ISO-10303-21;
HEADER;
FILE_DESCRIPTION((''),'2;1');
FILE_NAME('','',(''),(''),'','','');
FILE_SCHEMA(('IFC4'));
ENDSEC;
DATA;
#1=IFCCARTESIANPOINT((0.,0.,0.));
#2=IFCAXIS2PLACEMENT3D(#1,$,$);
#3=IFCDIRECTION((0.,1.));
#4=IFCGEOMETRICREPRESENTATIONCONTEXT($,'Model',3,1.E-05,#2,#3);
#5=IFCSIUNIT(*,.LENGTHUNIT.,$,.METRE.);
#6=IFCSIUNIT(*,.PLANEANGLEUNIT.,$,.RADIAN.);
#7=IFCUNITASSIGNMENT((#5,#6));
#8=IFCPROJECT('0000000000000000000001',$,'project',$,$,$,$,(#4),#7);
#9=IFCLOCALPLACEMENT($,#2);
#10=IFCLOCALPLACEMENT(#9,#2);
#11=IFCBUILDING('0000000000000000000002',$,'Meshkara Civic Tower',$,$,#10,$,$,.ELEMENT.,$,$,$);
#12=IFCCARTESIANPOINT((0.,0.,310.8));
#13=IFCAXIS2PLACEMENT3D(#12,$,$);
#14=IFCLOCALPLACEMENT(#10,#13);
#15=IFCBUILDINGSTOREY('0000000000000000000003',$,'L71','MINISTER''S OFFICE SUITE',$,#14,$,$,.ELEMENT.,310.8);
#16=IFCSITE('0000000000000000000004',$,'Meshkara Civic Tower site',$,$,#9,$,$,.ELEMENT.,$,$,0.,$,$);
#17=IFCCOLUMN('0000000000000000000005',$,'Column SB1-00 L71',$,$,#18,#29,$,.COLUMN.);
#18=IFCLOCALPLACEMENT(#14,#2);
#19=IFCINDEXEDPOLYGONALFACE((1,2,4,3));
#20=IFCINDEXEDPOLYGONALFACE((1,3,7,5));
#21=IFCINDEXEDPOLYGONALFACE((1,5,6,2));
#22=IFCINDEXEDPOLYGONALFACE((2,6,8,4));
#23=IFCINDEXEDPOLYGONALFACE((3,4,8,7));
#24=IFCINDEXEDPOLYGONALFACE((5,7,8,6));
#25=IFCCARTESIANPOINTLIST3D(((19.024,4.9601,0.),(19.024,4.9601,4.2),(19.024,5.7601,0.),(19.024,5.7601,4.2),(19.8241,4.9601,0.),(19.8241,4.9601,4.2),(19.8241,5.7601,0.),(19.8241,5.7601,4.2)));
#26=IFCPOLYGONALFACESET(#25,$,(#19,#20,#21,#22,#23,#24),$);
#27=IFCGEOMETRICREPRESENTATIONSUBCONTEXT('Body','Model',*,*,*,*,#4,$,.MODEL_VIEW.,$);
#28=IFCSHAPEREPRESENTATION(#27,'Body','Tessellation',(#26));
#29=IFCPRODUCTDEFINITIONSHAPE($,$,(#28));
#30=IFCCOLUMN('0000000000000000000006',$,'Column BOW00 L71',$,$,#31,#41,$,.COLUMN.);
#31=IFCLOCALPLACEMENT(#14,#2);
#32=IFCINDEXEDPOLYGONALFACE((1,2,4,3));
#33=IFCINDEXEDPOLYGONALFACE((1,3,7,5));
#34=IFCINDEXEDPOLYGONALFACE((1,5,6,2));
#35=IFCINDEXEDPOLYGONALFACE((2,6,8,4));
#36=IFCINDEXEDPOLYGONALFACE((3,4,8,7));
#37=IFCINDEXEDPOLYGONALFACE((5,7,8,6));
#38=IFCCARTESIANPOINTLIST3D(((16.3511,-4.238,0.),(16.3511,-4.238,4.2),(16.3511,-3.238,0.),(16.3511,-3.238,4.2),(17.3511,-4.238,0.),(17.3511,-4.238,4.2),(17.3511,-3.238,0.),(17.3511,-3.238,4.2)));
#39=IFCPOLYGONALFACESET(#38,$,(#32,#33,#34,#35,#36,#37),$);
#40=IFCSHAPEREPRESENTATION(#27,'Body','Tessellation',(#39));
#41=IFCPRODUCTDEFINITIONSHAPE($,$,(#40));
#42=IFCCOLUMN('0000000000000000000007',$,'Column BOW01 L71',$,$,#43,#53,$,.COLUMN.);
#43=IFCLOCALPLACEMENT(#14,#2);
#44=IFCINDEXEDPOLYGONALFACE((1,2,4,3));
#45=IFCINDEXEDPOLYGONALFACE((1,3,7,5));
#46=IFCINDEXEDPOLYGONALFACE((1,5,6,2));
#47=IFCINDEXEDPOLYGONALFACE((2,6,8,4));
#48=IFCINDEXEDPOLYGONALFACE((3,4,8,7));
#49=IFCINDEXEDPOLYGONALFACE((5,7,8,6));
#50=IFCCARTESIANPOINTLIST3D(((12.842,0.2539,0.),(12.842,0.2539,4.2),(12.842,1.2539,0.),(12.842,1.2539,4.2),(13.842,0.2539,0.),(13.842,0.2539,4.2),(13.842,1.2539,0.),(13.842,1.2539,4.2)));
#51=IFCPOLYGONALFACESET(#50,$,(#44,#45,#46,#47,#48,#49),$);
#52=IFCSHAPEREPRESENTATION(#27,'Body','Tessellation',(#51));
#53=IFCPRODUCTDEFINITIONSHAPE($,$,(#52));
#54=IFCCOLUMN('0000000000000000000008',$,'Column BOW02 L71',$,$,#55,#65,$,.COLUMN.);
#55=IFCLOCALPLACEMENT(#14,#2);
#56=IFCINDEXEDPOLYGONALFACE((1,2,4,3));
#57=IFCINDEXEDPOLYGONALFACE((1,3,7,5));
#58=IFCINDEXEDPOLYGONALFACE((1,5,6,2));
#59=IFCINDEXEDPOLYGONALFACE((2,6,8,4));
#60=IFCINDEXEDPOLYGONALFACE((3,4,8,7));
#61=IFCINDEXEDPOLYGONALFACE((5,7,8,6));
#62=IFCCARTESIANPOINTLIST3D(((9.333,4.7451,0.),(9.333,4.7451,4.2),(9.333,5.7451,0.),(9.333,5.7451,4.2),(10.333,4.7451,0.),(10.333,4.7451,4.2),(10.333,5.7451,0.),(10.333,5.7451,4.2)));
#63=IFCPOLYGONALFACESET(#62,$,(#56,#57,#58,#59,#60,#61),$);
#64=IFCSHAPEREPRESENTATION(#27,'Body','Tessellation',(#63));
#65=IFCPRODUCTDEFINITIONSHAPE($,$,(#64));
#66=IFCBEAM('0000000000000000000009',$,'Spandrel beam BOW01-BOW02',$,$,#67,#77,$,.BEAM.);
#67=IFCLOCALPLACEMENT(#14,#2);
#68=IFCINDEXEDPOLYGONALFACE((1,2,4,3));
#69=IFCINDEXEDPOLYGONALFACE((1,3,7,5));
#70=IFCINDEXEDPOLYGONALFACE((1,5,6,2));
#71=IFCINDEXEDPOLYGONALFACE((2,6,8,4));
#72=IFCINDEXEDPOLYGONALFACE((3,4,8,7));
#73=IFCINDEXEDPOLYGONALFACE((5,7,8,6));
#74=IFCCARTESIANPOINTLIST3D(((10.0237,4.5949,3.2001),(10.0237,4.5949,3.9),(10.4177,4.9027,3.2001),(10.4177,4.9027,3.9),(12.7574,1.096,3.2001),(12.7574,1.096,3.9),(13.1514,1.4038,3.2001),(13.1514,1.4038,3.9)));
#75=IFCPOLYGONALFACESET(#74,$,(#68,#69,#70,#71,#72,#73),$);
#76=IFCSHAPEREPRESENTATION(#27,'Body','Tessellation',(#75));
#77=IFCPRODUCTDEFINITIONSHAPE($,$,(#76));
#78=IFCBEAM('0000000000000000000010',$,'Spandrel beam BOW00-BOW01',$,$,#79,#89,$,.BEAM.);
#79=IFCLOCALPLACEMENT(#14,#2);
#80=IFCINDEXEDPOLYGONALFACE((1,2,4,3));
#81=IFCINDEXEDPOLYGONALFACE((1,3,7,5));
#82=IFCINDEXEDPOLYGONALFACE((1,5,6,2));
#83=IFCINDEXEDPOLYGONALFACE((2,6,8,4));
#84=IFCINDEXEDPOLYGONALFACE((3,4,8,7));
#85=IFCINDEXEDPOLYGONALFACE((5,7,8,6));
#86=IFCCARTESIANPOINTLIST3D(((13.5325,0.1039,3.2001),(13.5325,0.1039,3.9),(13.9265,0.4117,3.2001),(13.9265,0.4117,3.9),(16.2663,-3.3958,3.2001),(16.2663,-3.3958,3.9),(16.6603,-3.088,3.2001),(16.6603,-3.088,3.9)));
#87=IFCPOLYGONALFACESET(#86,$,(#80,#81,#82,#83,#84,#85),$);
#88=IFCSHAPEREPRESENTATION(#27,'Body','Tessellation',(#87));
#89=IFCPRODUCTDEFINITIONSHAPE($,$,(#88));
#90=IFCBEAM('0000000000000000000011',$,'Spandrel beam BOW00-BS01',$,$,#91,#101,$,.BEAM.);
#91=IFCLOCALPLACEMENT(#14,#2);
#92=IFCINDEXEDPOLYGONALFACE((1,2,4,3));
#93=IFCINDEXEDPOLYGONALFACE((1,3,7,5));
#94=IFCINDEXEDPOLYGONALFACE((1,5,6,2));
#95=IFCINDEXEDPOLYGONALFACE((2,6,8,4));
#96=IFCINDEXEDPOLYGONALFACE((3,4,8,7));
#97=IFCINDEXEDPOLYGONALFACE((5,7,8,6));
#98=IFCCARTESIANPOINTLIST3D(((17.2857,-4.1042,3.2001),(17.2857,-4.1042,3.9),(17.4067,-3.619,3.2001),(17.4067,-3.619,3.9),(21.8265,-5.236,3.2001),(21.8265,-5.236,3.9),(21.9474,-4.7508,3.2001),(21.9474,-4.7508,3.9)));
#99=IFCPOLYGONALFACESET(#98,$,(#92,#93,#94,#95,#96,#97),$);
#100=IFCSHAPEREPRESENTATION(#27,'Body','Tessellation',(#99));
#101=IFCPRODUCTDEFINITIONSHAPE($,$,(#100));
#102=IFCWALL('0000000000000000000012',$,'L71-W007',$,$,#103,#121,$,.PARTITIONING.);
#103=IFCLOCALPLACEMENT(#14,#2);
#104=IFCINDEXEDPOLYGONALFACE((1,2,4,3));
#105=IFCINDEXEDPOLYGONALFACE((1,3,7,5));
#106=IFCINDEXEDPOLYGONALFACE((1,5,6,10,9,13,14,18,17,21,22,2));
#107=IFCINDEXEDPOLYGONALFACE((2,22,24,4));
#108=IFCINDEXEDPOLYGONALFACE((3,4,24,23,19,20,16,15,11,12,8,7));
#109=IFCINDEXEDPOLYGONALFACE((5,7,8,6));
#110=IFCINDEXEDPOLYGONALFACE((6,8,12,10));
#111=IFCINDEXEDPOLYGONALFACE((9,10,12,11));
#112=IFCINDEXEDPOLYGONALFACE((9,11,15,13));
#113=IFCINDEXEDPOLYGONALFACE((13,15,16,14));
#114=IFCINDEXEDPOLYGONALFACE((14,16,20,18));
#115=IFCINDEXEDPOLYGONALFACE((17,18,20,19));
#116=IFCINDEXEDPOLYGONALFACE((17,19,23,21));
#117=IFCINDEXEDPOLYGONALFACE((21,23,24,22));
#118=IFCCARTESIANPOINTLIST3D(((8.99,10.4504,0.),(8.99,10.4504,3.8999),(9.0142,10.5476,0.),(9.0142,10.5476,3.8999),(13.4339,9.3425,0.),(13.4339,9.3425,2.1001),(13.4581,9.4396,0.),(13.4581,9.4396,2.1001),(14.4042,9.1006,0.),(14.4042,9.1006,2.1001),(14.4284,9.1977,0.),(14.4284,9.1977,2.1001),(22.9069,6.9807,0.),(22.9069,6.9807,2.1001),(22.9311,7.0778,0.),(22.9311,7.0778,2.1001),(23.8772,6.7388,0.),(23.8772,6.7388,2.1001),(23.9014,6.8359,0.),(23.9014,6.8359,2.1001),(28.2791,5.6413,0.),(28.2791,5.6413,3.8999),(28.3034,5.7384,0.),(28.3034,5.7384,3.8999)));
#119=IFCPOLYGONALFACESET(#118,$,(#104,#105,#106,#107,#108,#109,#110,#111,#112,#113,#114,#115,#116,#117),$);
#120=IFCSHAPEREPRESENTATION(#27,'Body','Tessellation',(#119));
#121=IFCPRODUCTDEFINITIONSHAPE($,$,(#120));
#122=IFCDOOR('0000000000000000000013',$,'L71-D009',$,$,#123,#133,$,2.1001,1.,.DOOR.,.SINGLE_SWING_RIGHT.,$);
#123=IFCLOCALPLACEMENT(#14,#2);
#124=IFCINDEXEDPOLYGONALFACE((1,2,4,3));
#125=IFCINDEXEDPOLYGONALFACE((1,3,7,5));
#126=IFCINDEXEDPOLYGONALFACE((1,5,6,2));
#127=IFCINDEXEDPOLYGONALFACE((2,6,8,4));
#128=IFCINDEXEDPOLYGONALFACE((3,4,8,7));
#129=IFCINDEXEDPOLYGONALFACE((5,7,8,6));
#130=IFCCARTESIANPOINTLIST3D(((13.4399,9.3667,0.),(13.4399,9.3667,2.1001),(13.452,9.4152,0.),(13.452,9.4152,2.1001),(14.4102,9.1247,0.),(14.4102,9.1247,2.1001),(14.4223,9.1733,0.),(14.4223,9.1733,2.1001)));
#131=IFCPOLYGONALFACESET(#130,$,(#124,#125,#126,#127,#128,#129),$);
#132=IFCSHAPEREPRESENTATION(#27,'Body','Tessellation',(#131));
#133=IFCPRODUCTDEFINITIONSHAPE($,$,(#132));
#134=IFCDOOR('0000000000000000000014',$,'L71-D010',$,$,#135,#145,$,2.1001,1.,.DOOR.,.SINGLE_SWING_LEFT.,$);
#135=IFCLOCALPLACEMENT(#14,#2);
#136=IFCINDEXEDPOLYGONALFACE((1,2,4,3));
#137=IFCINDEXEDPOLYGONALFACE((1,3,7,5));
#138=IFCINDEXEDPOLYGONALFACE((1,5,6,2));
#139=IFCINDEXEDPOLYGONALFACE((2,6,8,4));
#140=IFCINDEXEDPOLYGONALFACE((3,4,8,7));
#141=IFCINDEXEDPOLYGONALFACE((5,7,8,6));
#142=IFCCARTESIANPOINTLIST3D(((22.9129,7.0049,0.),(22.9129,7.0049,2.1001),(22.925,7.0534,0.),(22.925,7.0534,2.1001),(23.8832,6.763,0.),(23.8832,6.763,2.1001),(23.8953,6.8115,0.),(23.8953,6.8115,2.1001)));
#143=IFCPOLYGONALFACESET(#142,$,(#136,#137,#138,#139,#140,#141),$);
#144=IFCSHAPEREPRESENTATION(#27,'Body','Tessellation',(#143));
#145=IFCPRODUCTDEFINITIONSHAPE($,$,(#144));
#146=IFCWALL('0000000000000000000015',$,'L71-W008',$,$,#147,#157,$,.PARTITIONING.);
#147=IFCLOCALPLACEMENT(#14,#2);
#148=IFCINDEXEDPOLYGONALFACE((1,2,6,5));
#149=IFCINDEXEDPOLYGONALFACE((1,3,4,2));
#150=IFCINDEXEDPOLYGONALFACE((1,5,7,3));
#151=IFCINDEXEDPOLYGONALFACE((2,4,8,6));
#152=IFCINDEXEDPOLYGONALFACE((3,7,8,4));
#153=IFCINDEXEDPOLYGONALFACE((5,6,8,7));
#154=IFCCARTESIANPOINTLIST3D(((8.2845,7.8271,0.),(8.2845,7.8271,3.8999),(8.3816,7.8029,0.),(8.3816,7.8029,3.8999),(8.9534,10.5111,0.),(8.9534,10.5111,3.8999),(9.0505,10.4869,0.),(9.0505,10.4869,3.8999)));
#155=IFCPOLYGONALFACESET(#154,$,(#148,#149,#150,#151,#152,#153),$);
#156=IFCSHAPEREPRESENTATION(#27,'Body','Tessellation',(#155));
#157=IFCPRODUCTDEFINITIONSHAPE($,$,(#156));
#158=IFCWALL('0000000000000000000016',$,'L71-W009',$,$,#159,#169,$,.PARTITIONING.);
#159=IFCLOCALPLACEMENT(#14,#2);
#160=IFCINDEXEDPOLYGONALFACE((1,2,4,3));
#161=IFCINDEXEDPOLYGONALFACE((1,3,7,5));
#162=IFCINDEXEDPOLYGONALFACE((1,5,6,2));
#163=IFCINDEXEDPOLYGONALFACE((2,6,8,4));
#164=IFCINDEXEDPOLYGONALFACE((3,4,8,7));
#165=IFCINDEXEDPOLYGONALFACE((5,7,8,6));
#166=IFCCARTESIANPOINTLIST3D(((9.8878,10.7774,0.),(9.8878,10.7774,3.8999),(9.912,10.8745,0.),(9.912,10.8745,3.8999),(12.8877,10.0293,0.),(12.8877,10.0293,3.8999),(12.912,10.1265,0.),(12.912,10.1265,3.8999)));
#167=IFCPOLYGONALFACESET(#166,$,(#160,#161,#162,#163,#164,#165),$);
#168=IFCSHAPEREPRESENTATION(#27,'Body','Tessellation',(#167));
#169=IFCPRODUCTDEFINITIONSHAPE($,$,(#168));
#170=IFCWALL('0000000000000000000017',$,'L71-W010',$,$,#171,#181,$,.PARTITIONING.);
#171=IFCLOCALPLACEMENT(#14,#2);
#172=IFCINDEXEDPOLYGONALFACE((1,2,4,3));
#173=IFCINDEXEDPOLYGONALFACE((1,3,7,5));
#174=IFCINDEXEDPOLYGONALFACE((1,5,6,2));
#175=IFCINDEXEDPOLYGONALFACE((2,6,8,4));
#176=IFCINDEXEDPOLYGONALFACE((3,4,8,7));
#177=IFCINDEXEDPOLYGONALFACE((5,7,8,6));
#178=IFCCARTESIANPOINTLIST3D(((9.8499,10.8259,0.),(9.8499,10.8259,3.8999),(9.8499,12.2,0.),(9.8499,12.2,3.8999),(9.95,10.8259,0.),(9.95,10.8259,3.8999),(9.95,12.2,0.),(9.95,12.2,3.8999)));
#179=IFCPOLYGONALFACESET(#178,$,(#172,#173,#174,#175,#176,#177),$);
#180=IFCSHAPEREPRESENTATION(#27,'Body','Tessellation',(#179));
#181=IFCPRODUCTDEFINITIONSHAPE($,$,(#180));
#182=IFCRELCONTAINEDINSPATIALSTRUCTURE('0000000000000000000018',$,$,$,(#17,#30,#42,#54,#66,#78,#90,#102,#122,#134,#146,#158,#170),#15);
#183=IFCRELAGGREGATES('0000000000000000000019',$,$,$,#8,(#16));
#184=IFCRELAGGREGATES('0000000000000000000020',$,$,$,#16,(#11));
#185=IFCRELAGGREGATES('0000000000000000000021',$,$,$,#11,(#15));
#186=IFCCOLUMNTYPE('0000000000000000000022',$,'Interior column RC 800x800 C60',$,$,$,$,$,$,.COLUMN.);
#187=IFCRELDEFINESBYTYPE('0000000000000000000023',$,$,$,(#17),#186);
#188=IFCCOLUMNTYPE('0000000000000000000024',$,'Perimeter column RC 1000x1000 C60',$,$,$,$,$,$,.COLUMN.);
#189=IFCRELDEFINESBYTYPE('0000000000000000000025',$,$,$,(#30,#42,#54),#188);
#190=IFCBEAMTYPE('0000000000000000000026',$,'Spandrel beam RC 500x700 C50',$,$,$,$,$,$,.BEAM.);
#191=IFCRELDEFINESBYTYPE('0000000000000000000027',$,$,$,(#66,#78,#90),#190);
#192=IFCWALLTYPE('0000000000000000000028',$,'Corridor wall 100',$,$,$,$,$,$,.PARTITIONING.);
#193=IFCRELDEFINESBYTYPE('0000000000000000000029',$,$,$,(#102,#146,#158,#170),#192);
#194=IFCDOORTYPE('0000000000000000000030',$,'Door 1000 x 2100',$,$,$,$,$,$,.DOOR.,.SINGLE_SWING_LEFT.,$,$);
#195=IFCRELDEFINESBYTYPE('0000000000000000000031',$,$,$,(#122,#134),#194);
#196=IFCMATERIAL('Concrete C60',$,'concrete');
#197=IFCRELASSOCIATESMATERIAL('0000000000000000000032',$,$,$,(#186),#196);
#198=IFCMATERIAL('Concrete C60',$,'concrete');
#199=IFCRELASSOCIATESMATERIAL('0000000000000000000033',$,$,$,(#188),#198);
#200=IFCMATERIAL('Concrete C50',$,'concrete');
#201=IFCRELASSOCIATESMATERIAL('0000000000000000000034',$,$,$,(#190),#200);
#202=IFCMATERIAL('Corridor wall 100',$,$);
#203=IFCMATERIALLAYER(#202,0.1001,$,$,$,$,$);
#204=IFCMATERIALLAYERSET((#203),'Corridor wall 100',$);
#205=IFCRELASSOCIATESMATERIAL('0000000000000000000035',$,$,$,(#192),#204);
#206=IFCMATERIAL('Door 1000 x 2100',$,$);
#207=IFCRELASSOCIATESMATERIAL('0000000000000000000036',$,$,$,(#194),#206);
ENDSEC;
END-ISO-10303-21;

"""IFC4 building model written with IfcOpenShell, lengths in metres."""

from ifc_helpers import new_model, si_unit, direction, frame, frame_2d, origin, origin_2d, place, context, subcontext, project, spatial, rectangle, extrude, material, layer, layer_set, material_profile, profile_set, type_object, element, fill, save


model = new_model("IFC4")

# Units and contexts
model_context = context("Model", 3, precision=1e-05, world=origin(), true_north=direction((0.0, 1.0)))
body_context = subcontext(model_context, "Body", "Model", "MODEL_VIEW")
ifc_project = project(units=[si_unit("LENGTHUNIT", "METRE"), si_unit("PLANEANGLEUNIT", "RADIAN")], contexts=[model_context])

# Site, building, storey
site_placement = place(None, origin())
site = spatial("IfcSite", under=ifc_project, at=site_placement, Name="Meshkara Civic Tower site", CompositionType="ELEMENT", RefElevation=0.0)
building_placement = place(site_placement, origin())
building = spatial("IfcBuilding", under=site, at=building_placement, Name="Meshkara Civic Tower", CompositionType="ELEMENT")
storey_placement = place(building_placement, frame((0.0, 0.0, 310.8)))
storey = spatial("IfcBuildingStorey", under=building, at=storey_placement, Name="L71", Description="MINISTER'S OFFICE SUITE", CompositionType="ELEMENT", Elevation=310.8)

# Columns
ifc_material_1 = material(Name="Concrete C60", Category="concrete")
ifc_material_profile_1 = material_profile(ifc_material_1, rectangle(XDim=0.8, YDim=0.8, at=origin_2d()))
ifc_profile_set_1 = profile_set([ifc_material_profile_1], Name="Concrete C60")
column_type_1 = type_object("IfcColumnType", Name="Interior column RC 800x800 C60", PredefinedType="COLUMN", material=ifc_profile_set_1)
column_placement = place(storey_placement, frame((19.4241, 5.3601, 0.0), z_axis=(0.0, 0.0, 1.0), x_axis=(1.0, 0.0, 0.0)))
element("IfcColumn", 1, at=column_placement, inside=storey, type_object=column_type_1, Name="Column SB1-00 L71", PredefinedType="COLUMN", context=body_context, shape_type="SweptSolid", body=[
    extrude(rectangle(XDim=0.8, YDim=0.8, at=origin_2d()), origin(), (0.0, 0.0, 1.0), 4.2),
])
ifc_material_2 = material(Name="Concrete C60", Category="concrete")
ifc_material_profile_2 = material_profile(ifc_material_2, rectangle(XDim=1.0, YDim=1.0, at=origin_2d()))
ifc_profile_set_2 = profile_set([ifc_material_profile_2], Name="Concrete C60")
column_type_2 = type_object("IfcColumnType", Name="Perimeter column RC 1000x1000 C60", PredefinedType="COLUMN", material=ifc_profile_set_2)
for number, where, z_axis, x_axis, name in (
    (2, (16.8511, -3.738, 0.0), (0.0, 0.0, 1.0), (1.0, 0.0, 0.0), "Column BOW00 L71"),
    (3, (13.342, 0.7539, 0.0), (0.0, 0.0, 1.0), (1.0, 0.0, 0.0), "Column BOW01 L71"),
    (4, (9.833, 5.2451, 0.0), (0.0, 0.0, 1.0), (1.0, 0.0, 0.0), "Column BOW02 L71"),
):
    element("IfcColumn", number, at=place(storey_placement, frame(where, z_axis=z_axis, x_axis=x_axis)), inside=storey, type_object=column_type_2, Name=name, PredefinedType="COLUMN", context=body_context, shape_type="SweptSolid", body=[
        extrude(rectangle(XDim=1.0, YDim=1.0, at=origin_2d()), origin(), (0.0, 0.0, 1.0), 4.2),
    ])

# Beams
ifc_material_3 = material(Name="Concrete C50", Category="concrete")
ifc_material_profile_3 = material_profile(ifc_material_3, rectangle(XDim=0.5, YDim=0.7, at=origin_2d()))
ifc_profile_set_3 = profile_set([ifc_material_profile_3], Name="Concrete C50")
beam_type = type_object("IfcBeamType", Name="Spandrel beam RC 500x700 C50", PredefinedType="BEAM", material=ifc_profile_set_3)
beam_1_placement = place(storey_placement, frame((10.2207, 4.7488, 3.55), z_axis=(0.615675, -0.788, 0.0), x_axis=(0.788, 0.615675, 0.0)))
element("IfcBeam", 5, at=beam_1_placement, inside=storey, type_object=beam_type, Name="Spandrel beam BOW01-BOW02", PredefinedType="BEAM", context=body_context, shape_type="SweptSolid", body=[
    extrude(rectangle(XDim=0.5, YDim=0.7, at=origin_2d()), origin(), (0.0, 0.0, 1.0), 4.4402),
])
beam_2_placement = place(storey_placement, frame((13.7295, 0.2578, 3.55), z_axis=(0.615602, -0.788057, 0.0), x_axis=(0.788057, 0.615602, 0.0)))
element("IfcBeam", 6, at=beam_2_placement, inside=storey, type_object=beam_type, Name="Spandrel beam BOW00-BOW01", PredefinedType="BEAM", context=body_context, shape_type="SweptSolid", body=[
    extrude(rectangle(XDim=0.5, YDim=0.7, at=origin_2d()), origin(), (0.0, 0.0, 1.0), 4.4409),
])
beam_3_placement = place(storey_placement, frame((17.3462, -3.8616, 3.55), z_axis=(0.970311, -0.24186, 0.0), x_axis=(0.24186, 0.970311, 0.0)))
element("IfcBeam", 7, at=beam_3_placement, inside=storey, type_object=beam_type, Name="Spandrel beam BOW00-BS01", PredefinedType="BEAM", context=body_context, shape_type="SweptSolid", body=[
    extrude(rectangle(XDim=0.5, YDim=0.7, at=origin_2d()), origin(), (0.0, 0.0, 1.0), 4.6797),
])

# Wall, openings, doors
ifc_material_4 = material(Name="Corridor wall 100")
ifc_layer_1 = layer(ifc_material_4, 0.1001)
ifc_layer_set_1 = layer_set([ifc_layer_1], Name="Corridor wall 100")
wall_type_1 = type_object("IfcWallType", Name="Corridor wall 100", PredefinedType="PARTITIONING", material=ifc_layer_set_1)
wall_1_placement = place(storey_placement, frame((9.002, 10.499, 0.0), z_axis=(0.0, 0.0, 1.0), x_axis=(0.970298, -0.241911, 0.0)))
wall_1 = element("IfcWall", 8, at=wall_1_placement, inside=storey, type_object=wall_type_1, Name="L71-W007", PredefinedType="PARTITIONING", context=body_context, shape_type="SweptSolid", body=[
    extrude(rectangle(XDim=19.8796, YDim=0.1001, at=frame_2d((9.9399, 0.0))), origin(), (0.0, 0.0, 1.0), 3.8999),
])
opening_1_placement = place(wall_1_placement, frame((4.5801, 0.0, 0.0)))
opening_1 = element("IfcOpeningElement", 9, at=opening_1_placement, cuts=wall_1, PredefinedType="OPENING", context=body_context, shape_type="SweptSolid", body=[
    extrude(rectangle(XDim=1.0, YDim=2.1001, at=frame_2d((0.5, 1.05))), frame((0.0, 0.0601, 0.0), z_axis=(0.0, -1.0, 0.0), x_axis=(1.0, 0.0, 0.0)), (0.0, 0.0, 1.0), 0.1201),
])
opening_2_placement = place(wall_1_placement, frame((14.343, 0.0, 0.0)))
opening_2 = element("IfcOpeningElement", 10, at=opening_2_placement, cuts=wall_1, PredefinedType="OPENING", context=body_context, shape_type="SweptSolid", body=[
    extrude(rectangle(XDim=1.0, YDim=2.1001, at=frame_2d((0.5, 1.05))), frame((0.0, 0.0601, 0.0), z_axis=(0.0, -1.0, 0.0), x_axis=(1.0, 0.0, 0.0)), (0.0, 0.0, 1.0), 0.1201),
])
ifc_material_5 = material(Name="Door 1000 x 2100")
door_type = type_object("IfcDoorType", Name="Door 1000 x 2100", OperationType="SINGLE_SWING_LEFT", PredefinedType="DOOR", material=ifc_material_5)
door_1_placement = place(opening_1_placement, origin())
door_1 = element("IfcDoor", 11, at=door_1_placement, inside=storey, type_object=door_type, Name="L71-D009", OperationType="SINGLE_SWING_RIGHT", OverallHeight=2.1001, OverallWidth=1.0, PredefinedType="DOOR", context=body_context, shape_type="SweptSolid", body=[
    extrude(rectangle(XDim=1.0, YDim=2.1001, at=frame_2d((0.5, 1.05))), frame((0.0, 0.0249, 0.0), z_axis=(0.0, -1.0, 0.0), x_axis=(1.0, 0.0, 0.0)), (0.0, 0.0, 1.0), 0.05),
])
fill(opening_1, door_1)
door_2_placement = place(opening_2_placement, origin())
door_2 = element("IfcDoor", 12, at=door_2_placement, inside=storey, type_object=door_type, Name="L71-D010", OperationType="SINGLE_SWING_LEFT", OverallHeight=2.1001, OverallWidth=1.0, PredefinedType="DOOR", context=body_context, shape_type="SweptSolid", body=[
    extrude(rectangle(XDim=1.0, YDim=2.1001, at=frame_2d((0.5, 1.05))), frame((0.0, 0.0249, 0.0), z_axis=(0.0, -1.0, 0.0), x_axis=(1.0, 0.0, 0.0)), (0.0, 0.0, 1.0), 0.05),
])
fill(opening_2, door_2)

# Walls
wall_2_placement = place(storey_placement, frame((9.002, 10.499, 0.0), z_axis=(0.0, 0.0, 1.0), x_axis=(-0.241829, -0.970319, 0.0)))
element("IfcWall", 13, at=wall_2_placement, inside=storey, type_object=wall_type_1, Name="L71-W008", PredefinedType="PARTITIONING", context=body_context, shape_type="SweptSolid", body=[
    extrude(rectangle(XDim=2.7661, YDim=0.1001, at=frame_2d((1.3831, 0.0))), origin(), (0.0, 0.0, 1.0), 3.8999),
])
wall_3_placement = place(storey_placement, frame((9.8999, 10.8259, 0.0), z_axis=(0.0, 0.0, 1.0), x_axis=(0.970291, -0.241941, 0.0)))
element("IfcWall", 14, at=wall_3_placement, inside=storey, type_object=wall_type_1, Name="L71-W009", PredefinedType="PARTITIONING", context=body_context, shape_type="SweptSolid", body=[
    extrude(rectangle(XDim=3.0918, YDim=0.1001, at=frame_2d((1.5459, 0.0))), origin(), (0.0, 0.0, 1.0), 3.8999),
])
wall_4_placement = place(storey_placement, frame((9.8999, 12.2, 0.0), z_axis=(0.0, 0.0, 1.0), x_axis=(0.0, -1.0, 0.0)))
element("IfcWall", 15, at=wall_4_placement, inside=storey, type_object=wall_type_1, Name="L71-W010", PredefinedType="PARTITIONING", context=body_context, shape_type="SweptSolid", body=[
    extrude(rectangle(XDim=1.374, YDim=0.1001, at=frame_2d((0.687, 0.0))), origin(), (0.0, 0.0, 1.0), 3.8999),
])

save(model, "model.ifc")
